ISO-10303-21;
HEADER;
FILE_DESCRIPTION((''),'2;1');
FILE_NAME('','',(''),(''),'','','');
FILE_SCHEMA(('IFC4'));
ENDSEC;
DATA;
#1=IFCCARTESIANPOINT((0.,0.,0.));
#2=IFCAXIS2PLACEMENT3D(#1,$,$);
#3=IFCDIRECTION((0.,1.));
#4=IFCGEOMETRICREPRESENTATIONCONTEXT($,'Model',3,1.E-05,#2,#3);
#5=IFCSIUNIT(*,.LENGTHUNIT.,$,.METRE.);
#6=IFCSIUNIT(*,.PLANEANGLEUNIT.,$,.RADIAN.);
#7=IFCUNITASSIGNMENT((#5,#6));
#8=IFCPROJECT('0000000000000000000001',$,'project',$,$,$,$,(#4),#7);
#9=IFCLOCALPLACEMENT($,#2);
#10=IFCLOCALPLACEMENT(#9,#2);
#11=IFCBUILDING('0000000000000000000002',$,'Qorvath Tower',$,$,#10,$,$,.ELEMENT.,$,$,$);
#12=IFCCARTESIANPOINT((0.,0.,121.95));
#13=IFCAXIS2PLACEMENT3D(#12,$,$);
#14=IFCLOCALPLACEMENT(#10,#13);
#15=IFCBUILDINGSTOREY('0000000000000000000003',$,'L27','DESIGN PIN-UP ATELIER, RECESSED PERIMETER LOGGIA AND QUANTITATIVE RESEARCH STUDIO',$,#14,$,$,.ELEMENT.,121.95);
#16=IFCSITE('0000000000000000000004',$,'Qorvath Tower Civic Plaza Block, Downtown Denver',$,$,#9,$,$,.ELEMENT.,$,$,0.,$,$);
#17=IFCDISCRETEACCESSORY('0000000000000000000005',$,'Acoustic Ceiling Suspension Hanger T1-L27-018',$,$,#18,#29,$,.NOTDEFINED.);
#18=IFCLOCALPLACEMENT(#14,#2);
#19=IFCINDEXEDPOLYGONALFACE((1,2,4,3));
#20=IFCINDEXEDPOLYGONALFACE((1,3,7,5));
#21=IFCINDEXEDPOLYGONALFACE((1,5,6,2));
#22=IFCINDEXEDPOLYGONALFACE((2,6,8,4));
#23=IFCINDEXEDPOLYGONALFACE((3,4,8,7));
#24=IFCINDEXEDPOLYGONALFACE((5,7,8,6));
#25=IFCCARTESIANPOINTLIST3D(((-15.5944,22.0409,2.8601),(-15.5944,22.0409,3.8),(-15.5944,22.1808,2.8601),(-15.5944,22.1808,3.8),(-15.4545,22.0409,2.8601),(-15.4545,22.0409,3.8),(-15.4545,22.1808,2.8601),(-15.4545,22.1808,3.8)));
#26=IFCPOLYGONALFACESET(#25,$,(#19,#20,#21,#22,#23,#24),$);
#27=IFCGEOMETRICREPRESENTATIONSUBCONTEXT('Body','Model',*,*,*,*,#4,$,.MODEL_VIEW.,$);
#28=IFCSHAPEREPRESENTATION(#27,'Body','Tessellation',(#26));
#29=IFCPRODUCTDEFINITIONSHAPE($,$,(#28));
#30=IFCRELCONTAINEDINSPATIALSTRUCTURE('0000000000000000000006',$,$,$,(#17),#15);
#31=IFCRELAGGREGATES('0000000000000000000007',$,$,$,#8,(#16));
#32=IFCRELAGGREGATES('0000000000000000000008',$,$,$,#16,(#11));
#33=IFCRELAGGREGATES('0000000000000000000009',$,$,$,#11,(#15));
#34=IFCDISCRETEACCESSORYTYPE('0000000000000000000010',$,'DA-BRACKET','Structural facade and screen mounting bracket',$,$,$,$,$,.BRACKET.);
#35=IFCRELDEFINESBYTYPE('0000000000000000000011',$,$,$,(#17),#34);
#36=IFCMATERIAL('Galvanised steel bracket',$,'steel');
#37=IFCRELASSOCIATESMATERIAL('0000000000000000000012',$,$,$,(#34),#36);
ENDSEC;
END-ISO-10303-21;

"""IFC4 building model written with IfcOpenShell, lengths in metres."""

from ifc_helpers import new_model, si_unit, direction, frame, origin, origin_2d, place, context, subcontext, project, spatial, rectangle, extrude, material, type_object, element, save


model = new_model("IFC4")

# Units and contexts
model_context = context("Model", 3, precision=1e-05, world=origin(), true_north=direction((0.0, 1.0)))
body_context = subcontext(model_context, "Body", "Model", "MODEL_VIEW")
ifc_project = project(units=[si_unit("LENGTHUNIT", "METRE"), si_unit("PLANEANGLEUNIT", "RADIAN")], contexts=[model_context])

# Site, building, storey
site_placement = place(None, origin())
site = spatial("IfcSite", under=ifc_project, at=site_placement, Name="Qorvath Tower Civic Plaza Block, Downtown Denver", CompositionType="ELEMENT", RefElevation=0.0)
building_placement = place(site_placement, origin())
building = spatial("IfcBuilding", under=site, at=building_placement, Name="Qorvath Tower", CompositionType="ELEMENT")
storey_placement = place(building_placement, frame((0.0, 0.0, 121.95)))
storey = spatial("IfcBuildingStorey", under=building, at=storey_placement, Name="L27", Description="DESIGN PIN-UP ATELIER, RECESSED PERIMETER LOGGIA AND QUANTITATIVE RESEARCH STUDIO", CompositionType="ELEMENT", Elevation=121.95)

# Discrete accessory
ifc_material_1 = material(Name="Galvanised steel bracket", Category="steel")
discrete_accessory_type = type_object("IfcDiscreteAccessoryType", Name="DA-BRACKET", Description="Structural facade and screen mounting bracket", PredefinedType="BRACKET", material=ifc_material_1)
discrete_accessory_placement = place(storey_placement, frame((-15.5244, 22.1108, 2.8601), z_axis=(0.0, 0.0, 1.0), x_axis=(1.0, 0.0, 0.0)))
element("IfcDiscreteAccessory", 1, at=discrete_accessory_placement, inside=storey, type_object=discrete_accessory_type, Name="Acoustic Ceiling Suspension Hanger T1-L27-018", PredefinedType="NOTDEFINED", context=body_context, shape_type="SweptSolid", body=[
    extrude(rectangle(XDim=0.1399, YDim=0.1399, at=origin_2d()), origin(), (0.0, 0.0, 1.0), 0.9399),
])

save(model, "model.ifc")
